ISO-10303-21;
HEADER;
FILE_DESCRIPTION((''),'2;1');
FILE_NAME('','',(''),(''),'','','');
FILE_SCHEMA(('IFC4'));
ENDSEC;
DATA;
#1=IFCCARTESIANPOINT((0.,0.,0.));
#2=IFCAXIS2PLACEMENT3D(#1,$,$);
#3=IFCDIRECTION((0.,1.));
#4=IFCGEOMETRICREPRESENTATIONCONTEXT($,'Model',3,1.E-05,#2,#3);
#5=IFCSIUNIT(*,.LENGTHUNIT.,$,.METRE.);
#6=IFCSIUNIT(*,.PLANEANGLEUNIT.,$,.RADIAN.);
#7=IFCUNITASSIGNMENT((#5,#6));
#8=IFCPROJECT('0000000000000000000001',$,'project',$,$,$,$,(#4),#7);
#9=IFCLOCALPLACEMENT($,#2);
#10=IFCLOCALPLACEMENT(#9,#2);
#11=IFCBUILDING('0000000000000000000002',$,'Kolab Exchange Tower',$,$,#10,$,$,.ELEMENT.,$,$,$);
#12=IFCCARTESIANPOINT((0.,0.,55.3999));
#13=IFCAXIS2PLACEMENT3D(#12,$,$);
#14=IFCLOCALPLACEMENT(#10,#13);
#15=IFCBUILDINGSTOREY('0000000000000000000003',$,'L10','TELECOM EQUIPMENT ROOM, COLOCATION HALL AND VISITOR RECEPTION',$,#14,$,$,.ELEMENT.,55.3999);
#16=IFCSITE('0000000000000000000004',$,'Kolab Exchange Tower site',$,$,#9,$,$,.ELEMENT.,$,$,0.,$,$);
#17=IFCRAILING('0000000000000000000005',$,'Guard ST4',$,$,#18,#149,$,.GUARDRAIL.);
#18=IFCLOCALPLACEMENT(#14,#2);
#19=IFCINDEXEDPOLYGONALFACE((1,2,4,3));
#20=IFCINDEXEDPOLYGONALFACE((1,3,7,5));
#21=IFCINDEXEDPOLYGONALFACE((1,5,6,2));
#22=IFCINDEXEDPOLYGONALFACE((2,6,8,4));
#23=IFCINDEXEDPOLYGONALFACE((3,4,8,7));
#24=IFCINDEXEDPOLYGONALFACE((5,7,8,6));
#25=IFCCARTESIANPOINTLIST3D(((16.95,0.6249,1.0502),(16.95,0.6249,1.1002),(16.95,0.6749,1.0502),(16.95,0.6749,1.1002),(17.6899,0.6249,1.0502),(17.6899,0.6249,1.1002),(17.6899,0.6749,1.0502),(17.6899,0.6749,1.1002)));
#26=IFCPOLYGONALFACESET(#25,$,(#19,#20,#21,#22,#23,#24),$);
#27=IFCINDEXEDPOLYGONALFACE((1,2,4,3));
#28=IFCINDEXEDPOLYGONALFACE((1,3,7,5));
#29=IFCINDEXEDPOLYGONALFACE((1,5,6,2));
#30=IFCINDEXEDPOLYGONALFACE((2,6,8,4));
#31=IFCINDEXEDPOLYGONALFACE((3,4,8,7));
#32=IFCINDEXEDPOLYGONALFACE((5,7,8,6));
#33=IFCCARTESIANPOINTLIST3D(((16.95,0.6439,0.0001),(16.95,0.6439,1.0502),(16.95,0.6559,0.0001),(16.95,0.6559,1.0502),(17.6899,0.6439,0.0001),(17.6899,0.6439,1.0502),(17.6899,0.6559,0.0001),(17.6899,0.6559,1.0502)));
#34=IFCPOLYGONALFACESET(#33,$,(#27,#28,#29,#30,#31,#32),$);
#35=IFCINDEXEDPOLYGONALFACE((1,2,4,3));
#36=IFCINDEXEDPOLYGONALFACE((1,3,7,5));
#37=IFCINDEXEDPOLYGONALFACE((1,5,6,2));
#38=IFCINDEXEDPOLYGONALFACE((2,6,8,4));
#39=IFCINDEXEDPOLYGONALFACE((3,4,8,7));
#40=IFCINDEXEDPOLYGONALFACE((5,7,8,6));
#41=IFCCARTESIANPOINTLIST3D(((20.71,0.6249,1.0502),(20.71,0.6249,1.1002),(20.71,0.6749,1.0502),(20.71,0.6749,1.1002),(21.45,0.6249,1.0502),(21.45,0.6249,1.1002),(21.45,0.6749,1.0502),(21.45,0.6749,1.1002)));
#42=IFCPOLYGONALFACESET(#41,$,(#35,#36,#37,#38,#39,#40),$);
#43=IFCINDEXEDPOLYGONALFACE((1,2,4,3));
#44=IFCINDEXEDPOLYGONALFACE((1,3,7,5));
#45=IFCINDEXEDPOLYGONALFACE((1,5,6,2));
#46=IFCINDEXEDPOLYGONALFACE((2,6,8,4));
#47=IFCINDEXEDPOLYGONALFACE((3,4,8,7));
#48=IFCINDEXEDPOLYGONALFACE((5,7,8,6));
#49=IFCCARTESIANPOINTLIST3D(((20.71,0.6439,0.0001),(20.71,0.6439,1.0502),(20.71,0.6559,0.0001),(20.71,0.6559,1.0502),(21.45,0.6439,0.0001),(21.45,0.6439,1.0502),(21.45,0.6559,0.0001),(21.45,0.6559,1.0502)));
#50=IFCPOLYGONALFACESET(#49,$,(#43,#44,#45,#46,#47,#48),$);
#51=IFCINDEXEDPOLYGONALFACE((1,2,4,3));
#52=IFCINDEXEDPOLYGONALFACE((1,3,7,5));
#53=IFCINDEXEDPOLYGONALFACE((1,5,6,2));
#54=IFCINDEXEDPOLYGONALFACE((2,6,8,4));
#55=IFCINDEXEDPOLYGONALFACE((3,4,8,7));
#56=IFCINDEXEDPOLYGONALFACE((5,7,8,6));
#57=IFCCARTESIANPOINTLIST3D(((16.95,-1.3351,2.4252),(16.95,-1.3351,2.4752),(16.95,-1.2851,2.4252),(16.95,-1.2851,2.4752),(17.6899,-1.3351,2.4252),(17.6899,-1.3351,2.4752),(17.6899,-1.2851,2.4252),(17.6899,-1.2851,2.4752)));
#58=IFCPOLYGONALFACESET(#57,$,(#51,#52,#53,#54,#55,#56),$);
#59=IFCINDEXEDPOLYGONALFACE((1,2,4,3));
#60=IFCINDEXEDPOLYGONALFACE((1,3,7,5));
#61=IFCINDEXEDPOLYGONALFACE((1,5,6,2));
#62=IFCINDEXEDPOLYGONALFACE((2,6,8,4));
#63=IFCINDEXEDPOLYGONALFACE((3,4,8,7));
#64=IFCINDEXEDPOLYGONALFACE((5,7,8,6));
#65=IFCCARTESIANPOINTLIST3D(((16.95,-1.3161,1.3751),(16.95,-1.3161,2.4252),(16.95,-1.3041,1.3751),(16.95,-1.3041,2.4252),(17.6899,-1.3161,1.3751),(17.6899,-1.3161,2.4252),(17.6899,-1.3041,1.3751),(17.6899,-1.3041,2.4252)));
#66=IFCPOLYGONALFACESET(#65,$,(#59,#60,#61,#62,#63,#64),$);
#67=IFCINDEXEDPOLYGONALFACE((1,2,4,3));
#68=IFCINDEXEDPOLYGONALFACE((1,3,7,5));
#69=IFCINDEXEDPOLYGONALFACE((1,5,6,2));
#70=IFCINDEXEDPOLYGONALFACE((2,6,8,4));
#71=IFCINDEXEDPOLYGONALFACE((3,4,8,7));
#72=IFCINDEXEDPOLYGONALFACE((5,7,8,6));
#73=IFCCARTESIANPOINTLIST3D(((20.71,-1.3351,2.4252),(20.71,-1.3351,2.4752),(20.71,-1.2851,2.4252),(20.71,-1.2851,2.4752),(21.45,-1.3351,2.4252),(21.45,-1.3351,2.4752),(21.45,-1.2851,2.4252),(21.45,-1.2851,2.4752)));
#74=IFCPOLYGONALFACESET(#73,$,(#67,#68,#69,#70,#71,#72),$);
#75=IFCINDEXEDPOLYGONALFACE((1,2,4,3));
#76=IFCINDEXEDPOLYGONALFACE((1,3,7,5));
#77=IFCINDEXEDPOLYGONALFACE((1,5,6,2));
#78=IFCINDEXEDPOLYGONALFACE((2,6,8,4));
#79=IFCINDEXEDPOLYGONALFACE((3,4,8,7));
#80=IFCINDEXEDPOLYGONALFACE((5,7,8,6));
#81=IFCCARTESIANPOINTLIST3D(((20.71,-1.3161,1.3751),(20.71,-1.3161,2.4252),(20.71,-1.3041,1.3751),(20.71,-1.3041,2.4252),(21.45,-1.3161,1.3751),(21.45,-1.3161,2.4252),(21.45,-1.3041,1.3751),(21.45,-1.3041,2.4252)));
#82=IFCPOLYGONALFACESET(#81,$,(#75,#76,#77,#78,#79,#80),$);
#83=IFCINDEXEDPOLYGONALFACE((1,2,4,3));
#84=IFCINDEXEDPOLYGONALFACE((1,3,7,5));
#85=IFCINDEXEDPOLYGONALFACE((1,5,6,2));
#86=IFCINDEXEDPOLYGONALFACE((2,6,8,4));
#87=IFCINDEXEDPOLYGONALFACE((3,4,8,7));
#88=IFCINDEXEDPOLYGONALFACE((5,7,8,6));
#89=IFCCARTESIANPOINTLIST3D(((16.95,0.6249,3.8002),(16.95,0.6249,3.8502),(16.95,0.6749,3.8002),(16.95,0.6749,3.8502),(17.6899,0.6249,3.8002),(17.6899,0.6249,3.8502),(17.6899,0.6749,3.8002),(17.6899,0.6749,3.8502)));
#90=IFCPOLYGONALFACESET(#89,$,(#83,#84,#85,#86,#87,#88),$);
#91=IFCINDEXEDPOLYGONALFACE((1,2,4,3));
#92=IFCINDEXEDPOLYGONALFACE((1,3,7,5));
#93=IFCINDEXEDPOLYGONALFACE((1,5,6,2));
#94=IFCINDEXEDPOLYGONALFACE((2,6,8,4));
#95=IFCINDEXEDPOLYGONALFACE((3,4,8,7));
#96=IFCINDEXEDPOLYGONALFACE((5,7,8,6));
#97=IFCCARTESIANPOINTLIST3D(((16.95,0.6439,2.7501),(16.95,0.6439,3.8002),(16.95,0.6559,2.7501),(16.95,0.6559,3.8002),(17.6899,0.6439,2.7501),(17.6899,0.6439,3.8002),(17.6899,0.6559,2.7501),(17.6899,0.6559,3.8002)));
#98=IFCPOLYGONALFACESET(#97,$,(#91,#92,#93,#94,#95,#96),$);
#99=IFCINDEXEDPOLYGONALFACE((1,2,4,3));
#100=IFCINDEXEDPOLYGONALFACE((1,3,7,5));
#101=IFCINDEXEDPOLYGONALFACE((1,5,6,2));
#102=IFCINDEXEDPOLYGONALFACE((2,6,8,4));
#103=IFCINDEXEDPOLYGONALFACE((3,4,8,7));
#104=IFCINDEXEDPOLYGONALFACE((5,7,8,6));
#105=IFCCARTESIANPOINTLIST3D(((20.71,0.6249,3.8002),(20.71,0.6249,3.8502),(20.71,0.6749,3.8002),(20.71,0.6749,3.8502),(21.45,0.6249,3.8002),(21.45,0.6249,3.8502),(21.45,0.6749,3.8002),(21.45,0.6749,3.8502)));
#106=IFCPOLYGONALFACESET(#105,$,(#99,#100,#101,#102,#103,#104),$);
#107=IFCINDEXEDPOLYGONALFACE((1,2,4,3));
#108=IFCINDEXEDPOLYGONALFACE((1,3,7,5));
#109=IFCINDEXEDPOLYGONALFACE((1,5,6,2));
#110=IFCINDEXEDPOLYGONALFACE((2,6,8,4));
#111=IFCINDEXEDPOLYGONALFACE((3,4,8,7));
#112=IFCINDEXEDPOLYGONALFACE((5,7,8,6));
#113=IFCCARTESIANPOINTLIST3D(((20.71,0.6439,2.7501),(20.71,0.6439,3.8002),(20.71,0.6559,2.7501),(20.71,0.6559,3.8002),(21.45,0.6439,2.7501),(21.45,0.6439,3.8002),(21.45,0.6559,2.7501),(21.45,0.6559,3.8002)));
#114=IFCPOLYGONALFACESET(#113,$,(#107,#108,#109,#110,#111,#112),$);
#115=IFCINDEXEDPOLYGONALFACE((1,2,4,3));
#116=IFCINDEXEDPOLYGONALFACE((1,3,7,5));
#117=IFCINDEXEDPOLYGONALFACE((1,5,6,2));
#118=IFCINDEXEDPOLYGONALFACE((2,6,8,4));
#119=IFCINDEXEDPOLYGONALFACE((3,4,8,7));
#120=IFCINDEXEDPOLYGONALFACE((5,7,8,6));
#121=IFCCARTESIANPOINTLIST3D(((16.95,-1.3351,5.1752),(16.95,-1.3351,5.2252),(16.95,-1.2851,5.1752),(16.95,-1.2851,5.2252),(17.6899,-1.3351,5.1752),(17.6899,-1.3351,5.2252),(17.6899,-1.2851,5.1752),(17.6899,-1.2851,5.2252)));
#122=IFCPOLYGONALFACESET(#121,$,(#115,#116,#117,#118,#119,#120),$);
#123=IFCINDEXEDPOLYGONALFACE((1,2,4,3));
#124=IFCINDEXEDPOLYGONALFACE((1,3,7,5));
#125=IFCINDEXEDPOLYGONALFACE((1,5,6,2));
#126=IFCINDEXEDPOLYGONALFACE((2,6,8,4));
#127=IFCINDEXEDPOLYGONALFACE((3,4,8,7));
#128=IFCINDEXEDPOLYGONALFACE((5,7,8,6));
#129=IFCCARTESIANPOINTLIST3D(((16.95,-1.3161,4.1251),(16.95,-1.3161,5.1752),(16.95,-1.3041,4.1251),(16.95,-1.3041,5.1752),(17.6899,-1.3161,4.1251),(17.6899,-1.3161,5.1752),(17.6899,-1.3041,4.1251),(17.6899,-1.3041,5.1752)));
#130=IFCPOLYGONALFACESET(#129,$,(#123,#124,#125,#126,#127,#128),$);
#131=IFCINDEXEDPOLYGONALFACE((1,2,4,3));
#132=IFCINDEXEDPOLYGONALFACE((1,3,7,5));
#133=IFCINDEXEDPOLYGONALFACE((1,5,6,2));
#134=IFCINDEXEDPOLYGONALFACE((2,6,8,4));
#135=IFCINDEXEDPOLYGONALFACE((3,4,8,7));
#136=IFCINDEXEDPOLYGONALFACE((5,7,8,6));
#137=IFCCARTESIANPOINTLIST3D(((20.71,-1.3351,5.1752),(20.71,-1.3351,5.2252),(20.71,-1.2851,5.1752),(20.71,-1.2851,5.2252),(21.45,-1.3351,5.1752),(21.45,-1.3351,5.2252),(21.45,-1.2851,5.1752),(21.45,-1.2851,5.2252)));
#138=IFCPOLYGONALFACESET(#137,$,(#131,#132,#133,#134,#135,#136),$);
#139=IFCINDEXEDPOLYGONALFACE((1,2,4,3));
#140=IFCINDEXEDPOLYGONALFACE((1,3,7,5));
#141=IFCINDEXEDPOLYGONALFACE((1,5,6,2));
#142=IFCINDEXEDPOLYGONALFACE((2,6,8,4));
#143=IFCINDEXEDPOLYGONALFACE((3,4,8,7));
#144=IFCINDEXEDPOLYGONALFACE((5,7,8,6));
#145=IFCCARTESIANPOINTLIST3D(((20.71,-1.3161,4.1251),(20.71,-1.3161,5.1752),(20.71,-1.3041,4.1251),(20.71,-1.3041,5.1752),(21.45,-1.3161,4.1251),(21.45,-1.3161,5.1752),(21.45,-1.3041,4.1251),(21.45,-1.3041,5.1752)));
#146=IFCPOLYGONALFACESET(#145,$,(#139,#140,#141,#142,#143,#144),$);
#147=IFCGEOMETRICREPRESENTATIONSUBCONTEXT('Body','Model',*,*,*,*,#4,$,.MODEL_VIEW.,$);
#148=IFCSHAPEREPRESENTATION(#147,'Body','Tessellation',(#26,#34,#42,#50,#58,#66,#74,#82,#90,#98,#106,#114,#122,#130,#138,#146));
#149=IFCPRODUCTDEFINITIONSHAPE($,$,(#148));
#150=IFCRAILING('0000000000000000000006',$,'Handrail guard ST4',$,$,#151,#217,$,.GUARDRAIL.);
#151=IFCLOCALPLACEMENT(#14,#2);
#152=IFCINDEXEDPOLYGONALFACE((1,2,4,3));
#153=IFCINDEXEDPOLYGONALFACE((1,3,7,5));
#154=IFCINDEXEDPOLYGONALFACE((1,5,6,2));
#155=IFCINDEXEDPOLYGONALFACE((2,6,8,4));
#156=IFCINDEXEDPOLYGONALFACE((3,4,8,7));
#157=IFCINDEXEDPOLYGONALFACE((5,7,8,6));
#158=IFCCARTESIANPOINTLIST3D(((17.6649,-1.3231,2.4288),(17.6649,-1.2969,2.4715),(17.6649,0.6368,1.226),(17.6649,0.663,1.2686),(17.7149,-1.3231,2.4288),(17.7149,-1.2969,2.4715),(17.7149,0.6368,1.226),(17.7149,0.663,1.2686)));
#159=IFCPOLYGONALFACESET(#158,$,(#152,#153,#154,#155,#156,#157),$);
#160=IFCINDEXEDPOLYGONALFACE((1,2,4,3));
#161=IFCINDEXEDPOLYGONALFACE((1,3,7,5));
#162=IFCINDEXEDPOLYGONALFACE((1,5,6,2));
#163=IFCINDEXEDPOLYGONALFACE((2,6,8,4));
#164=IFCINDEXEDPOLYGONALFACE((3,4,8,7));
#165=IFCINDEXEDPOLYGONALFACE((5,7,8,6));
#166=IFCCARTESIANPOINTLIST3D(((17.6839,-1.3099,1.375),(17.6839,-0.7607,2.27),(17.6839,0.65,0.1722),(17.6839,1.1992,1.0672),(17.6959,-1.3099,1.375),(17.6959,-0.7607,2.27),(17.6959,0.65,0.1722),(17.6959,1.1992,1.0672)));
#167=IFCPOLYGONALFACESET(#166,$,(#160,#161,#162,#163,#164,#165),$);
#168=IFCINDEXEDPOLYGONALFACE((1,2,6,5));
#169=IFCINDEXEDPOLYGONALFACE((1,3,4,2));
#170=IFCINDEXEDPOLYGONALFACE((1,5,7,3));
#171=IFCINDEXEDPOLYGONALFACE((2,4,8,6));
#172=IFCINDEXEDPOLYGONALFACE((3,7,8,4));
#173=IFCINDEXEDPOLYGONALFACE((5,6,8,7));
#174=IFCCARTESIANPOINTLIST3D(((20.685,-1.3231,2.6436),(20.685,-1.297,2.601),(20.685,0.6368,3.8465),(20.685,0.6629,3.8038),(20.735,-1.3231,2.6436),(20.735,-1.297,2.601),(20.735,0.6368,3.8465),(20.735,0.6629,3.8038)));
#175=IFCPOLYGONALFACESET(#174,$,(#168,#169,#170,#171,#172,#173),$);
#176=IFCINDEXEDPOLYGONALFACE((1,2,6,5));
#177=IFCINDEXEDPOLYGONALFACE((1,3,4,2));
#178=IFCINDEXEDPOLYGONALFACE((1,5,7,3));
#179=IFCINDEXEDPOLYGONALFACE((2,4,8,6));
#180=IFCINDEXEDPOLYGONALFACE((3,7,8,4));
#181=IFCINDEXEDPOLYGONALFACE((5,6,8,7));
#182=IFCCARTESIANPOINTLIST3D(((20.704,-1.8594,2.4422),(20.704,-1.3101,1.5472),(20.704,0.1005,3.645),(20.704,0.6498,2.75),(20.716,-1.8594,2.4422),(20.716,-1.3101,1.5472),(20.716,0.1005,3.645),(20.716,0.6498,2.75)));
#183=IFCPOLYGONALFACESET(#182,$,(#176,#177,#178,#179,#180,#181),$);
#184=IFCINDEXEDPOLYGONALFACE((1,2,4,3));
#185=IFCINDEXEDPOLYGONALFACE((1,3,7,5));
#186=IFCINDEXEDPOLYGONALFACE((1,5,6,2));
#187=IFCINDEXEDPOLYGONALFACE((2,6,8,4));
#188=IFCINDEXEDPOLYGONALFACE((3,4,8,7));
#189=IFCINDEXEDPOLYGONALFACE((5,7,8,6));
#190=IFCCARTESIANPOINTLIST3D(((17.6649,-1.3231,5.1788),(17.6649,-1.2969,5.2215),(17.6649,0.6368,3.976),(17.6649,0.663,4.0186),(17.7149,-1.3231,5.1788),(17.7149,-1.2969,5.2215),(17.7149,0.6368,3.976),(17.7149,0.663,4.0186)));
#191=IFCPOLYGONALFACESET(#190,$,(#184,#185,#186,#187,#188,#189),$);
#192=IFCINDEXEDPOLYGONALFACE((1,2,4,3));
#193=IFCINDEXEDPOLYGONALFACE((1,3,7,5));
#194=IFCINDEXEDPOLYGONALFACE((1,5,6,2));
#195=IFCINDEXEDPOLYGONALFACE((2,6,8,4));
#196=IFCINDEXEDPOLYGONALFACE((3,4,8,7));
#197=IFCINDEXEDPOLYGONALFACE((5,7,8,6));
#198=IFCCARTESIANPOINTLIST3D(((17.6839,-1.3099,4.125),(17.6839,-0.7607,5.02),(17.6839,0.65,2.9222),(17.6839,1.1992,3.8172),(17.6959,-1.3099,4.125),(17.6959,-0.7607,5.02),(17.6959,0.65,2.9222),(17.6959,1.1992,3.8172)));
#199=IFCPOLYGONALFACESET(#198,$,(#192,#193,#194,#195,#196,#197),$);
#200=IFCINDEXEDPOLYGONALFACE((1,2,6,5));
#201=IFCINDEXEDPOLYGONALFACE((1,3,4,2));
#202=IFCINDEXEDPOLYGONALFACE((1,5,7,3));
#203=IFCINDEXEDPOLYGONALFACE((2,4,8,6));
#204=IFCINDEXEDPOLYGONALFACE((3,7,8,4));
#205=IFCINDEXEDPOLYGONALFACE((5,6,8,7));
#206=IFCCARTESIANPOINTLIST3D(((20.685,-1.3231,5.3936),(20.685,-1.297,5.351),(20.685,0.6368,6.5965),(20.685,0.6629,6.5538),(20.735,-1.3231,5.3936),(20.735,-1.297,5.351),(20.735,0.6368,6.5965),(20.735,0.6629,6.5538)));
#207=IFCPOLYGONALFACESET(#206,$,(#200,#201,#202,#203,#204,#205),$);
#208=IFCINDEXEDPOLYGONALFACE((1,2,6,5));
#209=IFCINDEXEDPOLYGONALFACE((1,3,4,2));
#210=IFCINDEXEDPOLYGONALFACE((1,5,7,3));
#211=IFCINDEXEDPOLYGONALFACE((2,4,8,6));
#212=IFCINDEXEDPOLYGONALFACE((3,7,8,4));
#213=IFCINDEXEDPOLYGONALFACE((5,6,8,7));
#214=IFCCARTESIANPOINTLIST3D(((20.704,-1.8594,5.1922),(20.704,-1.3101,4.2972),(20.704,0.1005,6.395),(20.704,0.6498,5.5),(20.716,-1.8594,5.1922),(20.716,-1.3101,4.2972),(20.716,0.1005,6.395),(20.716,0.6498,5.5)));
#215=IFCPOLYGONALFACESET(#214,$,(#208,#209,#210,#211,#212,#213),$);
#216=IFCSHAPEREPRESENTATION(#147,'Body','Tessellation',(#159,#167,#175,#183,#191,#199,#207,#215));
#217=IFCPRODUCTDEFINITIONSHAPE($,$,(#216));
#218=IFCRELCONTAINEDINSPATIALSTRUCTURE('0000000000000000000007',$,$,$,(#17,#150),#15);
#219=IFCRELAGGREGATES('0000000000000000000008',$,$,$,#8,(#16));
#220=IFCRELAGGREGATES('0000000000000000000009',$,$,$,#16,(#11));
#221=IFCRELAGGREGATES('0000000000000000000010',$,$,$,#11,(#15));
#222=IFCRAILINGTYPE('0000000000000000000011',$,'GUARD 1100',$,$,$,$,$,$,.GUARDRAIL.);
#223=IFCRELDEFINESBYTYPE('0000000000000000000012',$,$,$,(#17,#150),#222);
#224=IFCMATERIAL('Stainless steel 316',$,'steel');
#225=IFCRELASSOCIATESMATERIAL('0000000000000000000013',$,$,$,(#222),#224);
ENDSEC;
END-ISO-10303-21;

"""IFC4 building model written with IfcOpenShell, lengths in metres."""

from ifc_helpers import new_model, si_unit, direction, frame, frame_2d, origin, origin_2d, place, context, subcontext, project, spatial, rectangle, extrude, material, type_object, element, save


model = new_model("IFC4")

# Units and contexts
model_context = context("Model", 3, precision=1e-05, world=origin(), true_north=direction((0.0, 1.0)))
body_context = subcontext(model_context, "Body", "Model", "MODEL_VIEW")
ifc_project = project(units=[si_unit("LENGTHUNIT", "METRE"), si_unit("PLANEANGLEUNIT", "RADIAN")], contexts=[model_context])

# Site, building, storey
site_placement = place(None, origin())
site = spatial("IfcSite", under=ifc_project, at=site_placement, Name="Kolab Exchange Tower site", CompositionType="ELEMENT", RefElevation=0.0)
building_placement = place(site_placement, origin())
building = spatial("IfcBuilding", under=site, at=building_placement, Name="Kolab Exchange Tower", CompositionType="ELEMENT")
storey_placement = place(building_placement, frame((0.0, 0.0, 55.3999)))
storey = spatial("IfcBuildingStorey", under=building, at=storey_placement, Name="L10", Description="TELECOM EQUIPMENT ROOM, COLOCATION HALL AND VISITOR RECEPTION", CompositionType="ELEMENT", Elevation=55.3999)

# Railings
ifc_material_1 = material(Name="Stainless steel 316", Category="steel")
railing_type = type_object("IfcRailingType", Name="GUARD 1100", PredefinedType="GUARDRAIL", material=ifc_material_1)
railing_1_placement = place(storey_placement, frame((16.95, 0.6499, 0.0)))
element("IfcRailing", 1, at=railing_1_placement, inside=storey, type_object=railing_type, Name="Guard ST4", PredefinedType="GUARDRAIL", context=body_context, shape_type="SweptSolid", body=[
    extrude(rectangle(XDim=0.05, YDim=0.05, at=origin_2d()), frame((0.0, 0.0, 1.0752), z_axis=(1.0, 0.0, 0.0), x_axis=(0.0, 1.0, 0.0)), (0.0, 0.0, 1.0), 0.74),
    extrude(rectangle(XDim=0.012, YDim=1.0501, at=frame_2d((0.0, 0.5251))), frame((0.0, 0.0, 0.0), z_axis=(1.0, 0.0, 0.0), x_axis=(0.0, 1.0, 0.0)), (0.0, 0.0, 1.0), 0.74),
    extrude(rectangle(XDim=0.05, YDim=0.05, at=origin_2d()), frame((3.76, 0.0, 1.0752), z_axis=(1.0, 0.0, 0.0), x_axis=(0.0, 1.0, 0.0)), (0.0, 0.0, 1.0), 0.74),
    extrude(rectangle(XDim=0.012, YDim=1.0501, at=frame_2d((0.0, 0.5251))), frame((3.76, 0.0, 0.0), z_axis=(1.0, 0.0, 0.0), x_axis=(0.0, 1.0, 0.0)), (0.0, 0.0, 1.0), 0.74),
    extrude(rectangle(XDim=0.05, YDim=0.05, at=origin_2d()), frame((0.0, -1.96, 2.4502), z_axis=(1.0, 0.0, 0.0), x_axis=(0.0, 1.0, 0.0)), (0.0, 0.0, 1.0), 0.74),
    extrude(rectangle(XDim=0.012, YDim=1.0501, at=frame_2d((0.0, 0.5251))), frame((0.0, -1.96, 1.375), z_axis=(1.0, 0.0, 0.0), x_axis=(0.0, 1.0, 0.0)), (0.0, 0.0, 1.0), 0.74),
    extrude(rectangle(XDim=0.05, YDim=0.05, at=origin_2d()), frame((3.76, -1.96, 2.4502), z_axis=(1.0, 0.0, 0.0), x_axis=(0.0, 1.0, 0.0)), (0.0, 0.0, 1.0), 0.74),
    extrude(rectangle(XDim=0.012, YDim=1.0501, at=frame_2d((0.0, 0.5251))), frame((3.76, -1.96, 1.375), z_axis=(1.0, 0.0, 0.0), x_axis=(0.0, 1.0, 0.0)), (0.0, 0.0, 1.0), 0.74),
    extrude(rectangle(XDim=0.05, YDim=0.05, at=origin_2d()), frame((0.0, 0.0, 3.8252), z_axis=(1.0, 0.0, 0.0), x_axis=(0.0, 1.0, 0.0)), (0.0, 0.0, 1.0), 0.74),
    extrude(rectangle(XDim=0.012, YDim=1.0501, at=frame_2d((0.0, 0.5251))), frame((0.0, 0.0, 2.75), z_axis=(1.0, 0.0, 0.0), x_axis=(0.0, 1.0, 0.0)), (0.0, 0.0, 1.0), 0.74),
    extrude(rectangle(XDim=0.05, YDim=0.05, at=origin_2d()), frame((3.76, 0.0, 3.8252), z_axis=(1.0, 0.0, 0.0), x_axis=(0.0, 1.0, 0.0)), (0.0, 0.0, 1.0), 0.74),
    extrude(rectangle(XDim=0.012, YDim=1.0501, at=frame_2d((0.0, 0.5251))), frame((3.76, 0.0, 2.75), z_axis=(1.0, 0.0, 0.0), x_axis=(0.0, 1.0, 0.0)), (0.0, 0.0, 1.0), 0.74),
    extrude(rectangle(XDim=0.05, YDim=0.05, at=origin_2d()), frame((0.0, -1.96, 5.2002), z_axis=(1.0, 0.0, 0.0), x_axis=(0.0, 1.0, 0.0)), (0.0, 0.0, 1.0), 0.74),
    extrude(rectangle(XDim=0.012, YDim=1.0501, at=frame_2d((0.0, 0.5251))), frame((0.0, -1.96, 4.125), z_axis=(1.0, 0.0, 0.0), x_axis=(0.0, 1.0, 0.0)), (0.0, 0.0, 1.0), 0.74),
    extrude(rectangle(XDim=0.05, YDim=0.05, at=origin_2d()), frame((3.76, -1.96, 5.2002), z_axis=(1.0, 0.0, 0.0), x_axis=(0.0, 1.0, 0.0)), (0.0, 0.0, 1.0), 0.74),
    extrude(rectangle(XDim=0.012, YDim=1.0501, at=frame_2d((0.0, 0.5251))), frame((3.76, -1.96, 4.125), z_axis=(1.0, 0.0, 0.0), x_axis=(0.0, 1.0, 0.0)), (0.0, 0.0, 1.0), 0.74),
])
railing_2_placement = place(storey_placement, frame((17.6899, 0.6499, 0.1721)))
element("IfcRailing", 2, at=railing_2_placement, inside=storey, type_object=railing_type, Name="Handrail guard ST4", PredefinedType="GUARDRAIL", context=body_context, shape_type="SweptSolid", body=[
    extrude(rectangle(XDim=0.05, YDim=0.05, at=origin_2d()), frame((0.0, 0.0, 1.0752), z_axis=(0.0, -0.852288, 0.523072), x_axis=(1.0, 0.0, 0.0)), (0.0, 0.0, 1.0), 2.2996),
    extrude(rectangle(XDim=0.012, YDim=1.0501, at=frame_2d((0.0, 0.5251))), frame((0.0, 0.0, 0.0), z_axis=(0.0, -0.852288, 0.523072), x_axis=(1.0, 0.0, 0.0)), (0.0, 0.0, 1.0), 2.2996),
    extrude(rectangle(XDim=0.05, YDim=0.05, at=origin_2d()), frame((3.02, -1.96, 2.4502), z_axis=(0.0, 0.852288, 0.523072), x_axis=(-1.0, 0.0, 0.0)), (0.0, 0.0, 1.0), 2.2996),
    extrude(rectangle(XDim=0.012, YDim=1.0501, at=frame_2d((0.0, 0.5251))), frame((3.02, -1.96, 1.375), z_axis=(0.0, 0.852288, 0.523072), x_axis=(-1.0, 0.0, 0.0)), (0.0, 0.0, 1.0), 2.2996),
    extrude(rectangle(XDim=0.05, YDim=0.05, at=origin_2d()), frame((0.0, 0.0, 3.8252), z_axis=(0.0, -0.852288, 0.523072), x_axis=(1.0, 0.0, 0.0)), (0.0, 0.0, 1.0), 2.2996),
    extrude(rectangle(XDim=0.012, YDim=1.0501, at=frame_2d((0.0, 0.5251))), frame((0.0, 0.0, 2.75), z_axis=(0.0, -0.852288, 0.523072), x_axis=(1.0, 0.0, 0.0)), (0.0, 0.0, 1.0), 2.2996),
    extrude(rectangle(XDim=0.05, YDim=0.05, at=origin_2d()), frame((3.02, -1.96, 5.2002), z_axis=(0.0, 0.852288, 0.523072), x_axis=(-1.0, 0.0, 0.0)), (0.0, 0.0, 1.0), 2.2996),
    extrude(rectangle(XDim=0.012, YDim=1.0501, at=frame_2d((0.0, 0.5251))), frame((3.02, -1.96, 4.125), z_axis=(0.0, 0.852288, 0.523072), x_axis=(-1.0, 0.0, 0.0)), (0.0, 0.0, 1.0), 2.2996),
])

save(model, "model.ifc")
